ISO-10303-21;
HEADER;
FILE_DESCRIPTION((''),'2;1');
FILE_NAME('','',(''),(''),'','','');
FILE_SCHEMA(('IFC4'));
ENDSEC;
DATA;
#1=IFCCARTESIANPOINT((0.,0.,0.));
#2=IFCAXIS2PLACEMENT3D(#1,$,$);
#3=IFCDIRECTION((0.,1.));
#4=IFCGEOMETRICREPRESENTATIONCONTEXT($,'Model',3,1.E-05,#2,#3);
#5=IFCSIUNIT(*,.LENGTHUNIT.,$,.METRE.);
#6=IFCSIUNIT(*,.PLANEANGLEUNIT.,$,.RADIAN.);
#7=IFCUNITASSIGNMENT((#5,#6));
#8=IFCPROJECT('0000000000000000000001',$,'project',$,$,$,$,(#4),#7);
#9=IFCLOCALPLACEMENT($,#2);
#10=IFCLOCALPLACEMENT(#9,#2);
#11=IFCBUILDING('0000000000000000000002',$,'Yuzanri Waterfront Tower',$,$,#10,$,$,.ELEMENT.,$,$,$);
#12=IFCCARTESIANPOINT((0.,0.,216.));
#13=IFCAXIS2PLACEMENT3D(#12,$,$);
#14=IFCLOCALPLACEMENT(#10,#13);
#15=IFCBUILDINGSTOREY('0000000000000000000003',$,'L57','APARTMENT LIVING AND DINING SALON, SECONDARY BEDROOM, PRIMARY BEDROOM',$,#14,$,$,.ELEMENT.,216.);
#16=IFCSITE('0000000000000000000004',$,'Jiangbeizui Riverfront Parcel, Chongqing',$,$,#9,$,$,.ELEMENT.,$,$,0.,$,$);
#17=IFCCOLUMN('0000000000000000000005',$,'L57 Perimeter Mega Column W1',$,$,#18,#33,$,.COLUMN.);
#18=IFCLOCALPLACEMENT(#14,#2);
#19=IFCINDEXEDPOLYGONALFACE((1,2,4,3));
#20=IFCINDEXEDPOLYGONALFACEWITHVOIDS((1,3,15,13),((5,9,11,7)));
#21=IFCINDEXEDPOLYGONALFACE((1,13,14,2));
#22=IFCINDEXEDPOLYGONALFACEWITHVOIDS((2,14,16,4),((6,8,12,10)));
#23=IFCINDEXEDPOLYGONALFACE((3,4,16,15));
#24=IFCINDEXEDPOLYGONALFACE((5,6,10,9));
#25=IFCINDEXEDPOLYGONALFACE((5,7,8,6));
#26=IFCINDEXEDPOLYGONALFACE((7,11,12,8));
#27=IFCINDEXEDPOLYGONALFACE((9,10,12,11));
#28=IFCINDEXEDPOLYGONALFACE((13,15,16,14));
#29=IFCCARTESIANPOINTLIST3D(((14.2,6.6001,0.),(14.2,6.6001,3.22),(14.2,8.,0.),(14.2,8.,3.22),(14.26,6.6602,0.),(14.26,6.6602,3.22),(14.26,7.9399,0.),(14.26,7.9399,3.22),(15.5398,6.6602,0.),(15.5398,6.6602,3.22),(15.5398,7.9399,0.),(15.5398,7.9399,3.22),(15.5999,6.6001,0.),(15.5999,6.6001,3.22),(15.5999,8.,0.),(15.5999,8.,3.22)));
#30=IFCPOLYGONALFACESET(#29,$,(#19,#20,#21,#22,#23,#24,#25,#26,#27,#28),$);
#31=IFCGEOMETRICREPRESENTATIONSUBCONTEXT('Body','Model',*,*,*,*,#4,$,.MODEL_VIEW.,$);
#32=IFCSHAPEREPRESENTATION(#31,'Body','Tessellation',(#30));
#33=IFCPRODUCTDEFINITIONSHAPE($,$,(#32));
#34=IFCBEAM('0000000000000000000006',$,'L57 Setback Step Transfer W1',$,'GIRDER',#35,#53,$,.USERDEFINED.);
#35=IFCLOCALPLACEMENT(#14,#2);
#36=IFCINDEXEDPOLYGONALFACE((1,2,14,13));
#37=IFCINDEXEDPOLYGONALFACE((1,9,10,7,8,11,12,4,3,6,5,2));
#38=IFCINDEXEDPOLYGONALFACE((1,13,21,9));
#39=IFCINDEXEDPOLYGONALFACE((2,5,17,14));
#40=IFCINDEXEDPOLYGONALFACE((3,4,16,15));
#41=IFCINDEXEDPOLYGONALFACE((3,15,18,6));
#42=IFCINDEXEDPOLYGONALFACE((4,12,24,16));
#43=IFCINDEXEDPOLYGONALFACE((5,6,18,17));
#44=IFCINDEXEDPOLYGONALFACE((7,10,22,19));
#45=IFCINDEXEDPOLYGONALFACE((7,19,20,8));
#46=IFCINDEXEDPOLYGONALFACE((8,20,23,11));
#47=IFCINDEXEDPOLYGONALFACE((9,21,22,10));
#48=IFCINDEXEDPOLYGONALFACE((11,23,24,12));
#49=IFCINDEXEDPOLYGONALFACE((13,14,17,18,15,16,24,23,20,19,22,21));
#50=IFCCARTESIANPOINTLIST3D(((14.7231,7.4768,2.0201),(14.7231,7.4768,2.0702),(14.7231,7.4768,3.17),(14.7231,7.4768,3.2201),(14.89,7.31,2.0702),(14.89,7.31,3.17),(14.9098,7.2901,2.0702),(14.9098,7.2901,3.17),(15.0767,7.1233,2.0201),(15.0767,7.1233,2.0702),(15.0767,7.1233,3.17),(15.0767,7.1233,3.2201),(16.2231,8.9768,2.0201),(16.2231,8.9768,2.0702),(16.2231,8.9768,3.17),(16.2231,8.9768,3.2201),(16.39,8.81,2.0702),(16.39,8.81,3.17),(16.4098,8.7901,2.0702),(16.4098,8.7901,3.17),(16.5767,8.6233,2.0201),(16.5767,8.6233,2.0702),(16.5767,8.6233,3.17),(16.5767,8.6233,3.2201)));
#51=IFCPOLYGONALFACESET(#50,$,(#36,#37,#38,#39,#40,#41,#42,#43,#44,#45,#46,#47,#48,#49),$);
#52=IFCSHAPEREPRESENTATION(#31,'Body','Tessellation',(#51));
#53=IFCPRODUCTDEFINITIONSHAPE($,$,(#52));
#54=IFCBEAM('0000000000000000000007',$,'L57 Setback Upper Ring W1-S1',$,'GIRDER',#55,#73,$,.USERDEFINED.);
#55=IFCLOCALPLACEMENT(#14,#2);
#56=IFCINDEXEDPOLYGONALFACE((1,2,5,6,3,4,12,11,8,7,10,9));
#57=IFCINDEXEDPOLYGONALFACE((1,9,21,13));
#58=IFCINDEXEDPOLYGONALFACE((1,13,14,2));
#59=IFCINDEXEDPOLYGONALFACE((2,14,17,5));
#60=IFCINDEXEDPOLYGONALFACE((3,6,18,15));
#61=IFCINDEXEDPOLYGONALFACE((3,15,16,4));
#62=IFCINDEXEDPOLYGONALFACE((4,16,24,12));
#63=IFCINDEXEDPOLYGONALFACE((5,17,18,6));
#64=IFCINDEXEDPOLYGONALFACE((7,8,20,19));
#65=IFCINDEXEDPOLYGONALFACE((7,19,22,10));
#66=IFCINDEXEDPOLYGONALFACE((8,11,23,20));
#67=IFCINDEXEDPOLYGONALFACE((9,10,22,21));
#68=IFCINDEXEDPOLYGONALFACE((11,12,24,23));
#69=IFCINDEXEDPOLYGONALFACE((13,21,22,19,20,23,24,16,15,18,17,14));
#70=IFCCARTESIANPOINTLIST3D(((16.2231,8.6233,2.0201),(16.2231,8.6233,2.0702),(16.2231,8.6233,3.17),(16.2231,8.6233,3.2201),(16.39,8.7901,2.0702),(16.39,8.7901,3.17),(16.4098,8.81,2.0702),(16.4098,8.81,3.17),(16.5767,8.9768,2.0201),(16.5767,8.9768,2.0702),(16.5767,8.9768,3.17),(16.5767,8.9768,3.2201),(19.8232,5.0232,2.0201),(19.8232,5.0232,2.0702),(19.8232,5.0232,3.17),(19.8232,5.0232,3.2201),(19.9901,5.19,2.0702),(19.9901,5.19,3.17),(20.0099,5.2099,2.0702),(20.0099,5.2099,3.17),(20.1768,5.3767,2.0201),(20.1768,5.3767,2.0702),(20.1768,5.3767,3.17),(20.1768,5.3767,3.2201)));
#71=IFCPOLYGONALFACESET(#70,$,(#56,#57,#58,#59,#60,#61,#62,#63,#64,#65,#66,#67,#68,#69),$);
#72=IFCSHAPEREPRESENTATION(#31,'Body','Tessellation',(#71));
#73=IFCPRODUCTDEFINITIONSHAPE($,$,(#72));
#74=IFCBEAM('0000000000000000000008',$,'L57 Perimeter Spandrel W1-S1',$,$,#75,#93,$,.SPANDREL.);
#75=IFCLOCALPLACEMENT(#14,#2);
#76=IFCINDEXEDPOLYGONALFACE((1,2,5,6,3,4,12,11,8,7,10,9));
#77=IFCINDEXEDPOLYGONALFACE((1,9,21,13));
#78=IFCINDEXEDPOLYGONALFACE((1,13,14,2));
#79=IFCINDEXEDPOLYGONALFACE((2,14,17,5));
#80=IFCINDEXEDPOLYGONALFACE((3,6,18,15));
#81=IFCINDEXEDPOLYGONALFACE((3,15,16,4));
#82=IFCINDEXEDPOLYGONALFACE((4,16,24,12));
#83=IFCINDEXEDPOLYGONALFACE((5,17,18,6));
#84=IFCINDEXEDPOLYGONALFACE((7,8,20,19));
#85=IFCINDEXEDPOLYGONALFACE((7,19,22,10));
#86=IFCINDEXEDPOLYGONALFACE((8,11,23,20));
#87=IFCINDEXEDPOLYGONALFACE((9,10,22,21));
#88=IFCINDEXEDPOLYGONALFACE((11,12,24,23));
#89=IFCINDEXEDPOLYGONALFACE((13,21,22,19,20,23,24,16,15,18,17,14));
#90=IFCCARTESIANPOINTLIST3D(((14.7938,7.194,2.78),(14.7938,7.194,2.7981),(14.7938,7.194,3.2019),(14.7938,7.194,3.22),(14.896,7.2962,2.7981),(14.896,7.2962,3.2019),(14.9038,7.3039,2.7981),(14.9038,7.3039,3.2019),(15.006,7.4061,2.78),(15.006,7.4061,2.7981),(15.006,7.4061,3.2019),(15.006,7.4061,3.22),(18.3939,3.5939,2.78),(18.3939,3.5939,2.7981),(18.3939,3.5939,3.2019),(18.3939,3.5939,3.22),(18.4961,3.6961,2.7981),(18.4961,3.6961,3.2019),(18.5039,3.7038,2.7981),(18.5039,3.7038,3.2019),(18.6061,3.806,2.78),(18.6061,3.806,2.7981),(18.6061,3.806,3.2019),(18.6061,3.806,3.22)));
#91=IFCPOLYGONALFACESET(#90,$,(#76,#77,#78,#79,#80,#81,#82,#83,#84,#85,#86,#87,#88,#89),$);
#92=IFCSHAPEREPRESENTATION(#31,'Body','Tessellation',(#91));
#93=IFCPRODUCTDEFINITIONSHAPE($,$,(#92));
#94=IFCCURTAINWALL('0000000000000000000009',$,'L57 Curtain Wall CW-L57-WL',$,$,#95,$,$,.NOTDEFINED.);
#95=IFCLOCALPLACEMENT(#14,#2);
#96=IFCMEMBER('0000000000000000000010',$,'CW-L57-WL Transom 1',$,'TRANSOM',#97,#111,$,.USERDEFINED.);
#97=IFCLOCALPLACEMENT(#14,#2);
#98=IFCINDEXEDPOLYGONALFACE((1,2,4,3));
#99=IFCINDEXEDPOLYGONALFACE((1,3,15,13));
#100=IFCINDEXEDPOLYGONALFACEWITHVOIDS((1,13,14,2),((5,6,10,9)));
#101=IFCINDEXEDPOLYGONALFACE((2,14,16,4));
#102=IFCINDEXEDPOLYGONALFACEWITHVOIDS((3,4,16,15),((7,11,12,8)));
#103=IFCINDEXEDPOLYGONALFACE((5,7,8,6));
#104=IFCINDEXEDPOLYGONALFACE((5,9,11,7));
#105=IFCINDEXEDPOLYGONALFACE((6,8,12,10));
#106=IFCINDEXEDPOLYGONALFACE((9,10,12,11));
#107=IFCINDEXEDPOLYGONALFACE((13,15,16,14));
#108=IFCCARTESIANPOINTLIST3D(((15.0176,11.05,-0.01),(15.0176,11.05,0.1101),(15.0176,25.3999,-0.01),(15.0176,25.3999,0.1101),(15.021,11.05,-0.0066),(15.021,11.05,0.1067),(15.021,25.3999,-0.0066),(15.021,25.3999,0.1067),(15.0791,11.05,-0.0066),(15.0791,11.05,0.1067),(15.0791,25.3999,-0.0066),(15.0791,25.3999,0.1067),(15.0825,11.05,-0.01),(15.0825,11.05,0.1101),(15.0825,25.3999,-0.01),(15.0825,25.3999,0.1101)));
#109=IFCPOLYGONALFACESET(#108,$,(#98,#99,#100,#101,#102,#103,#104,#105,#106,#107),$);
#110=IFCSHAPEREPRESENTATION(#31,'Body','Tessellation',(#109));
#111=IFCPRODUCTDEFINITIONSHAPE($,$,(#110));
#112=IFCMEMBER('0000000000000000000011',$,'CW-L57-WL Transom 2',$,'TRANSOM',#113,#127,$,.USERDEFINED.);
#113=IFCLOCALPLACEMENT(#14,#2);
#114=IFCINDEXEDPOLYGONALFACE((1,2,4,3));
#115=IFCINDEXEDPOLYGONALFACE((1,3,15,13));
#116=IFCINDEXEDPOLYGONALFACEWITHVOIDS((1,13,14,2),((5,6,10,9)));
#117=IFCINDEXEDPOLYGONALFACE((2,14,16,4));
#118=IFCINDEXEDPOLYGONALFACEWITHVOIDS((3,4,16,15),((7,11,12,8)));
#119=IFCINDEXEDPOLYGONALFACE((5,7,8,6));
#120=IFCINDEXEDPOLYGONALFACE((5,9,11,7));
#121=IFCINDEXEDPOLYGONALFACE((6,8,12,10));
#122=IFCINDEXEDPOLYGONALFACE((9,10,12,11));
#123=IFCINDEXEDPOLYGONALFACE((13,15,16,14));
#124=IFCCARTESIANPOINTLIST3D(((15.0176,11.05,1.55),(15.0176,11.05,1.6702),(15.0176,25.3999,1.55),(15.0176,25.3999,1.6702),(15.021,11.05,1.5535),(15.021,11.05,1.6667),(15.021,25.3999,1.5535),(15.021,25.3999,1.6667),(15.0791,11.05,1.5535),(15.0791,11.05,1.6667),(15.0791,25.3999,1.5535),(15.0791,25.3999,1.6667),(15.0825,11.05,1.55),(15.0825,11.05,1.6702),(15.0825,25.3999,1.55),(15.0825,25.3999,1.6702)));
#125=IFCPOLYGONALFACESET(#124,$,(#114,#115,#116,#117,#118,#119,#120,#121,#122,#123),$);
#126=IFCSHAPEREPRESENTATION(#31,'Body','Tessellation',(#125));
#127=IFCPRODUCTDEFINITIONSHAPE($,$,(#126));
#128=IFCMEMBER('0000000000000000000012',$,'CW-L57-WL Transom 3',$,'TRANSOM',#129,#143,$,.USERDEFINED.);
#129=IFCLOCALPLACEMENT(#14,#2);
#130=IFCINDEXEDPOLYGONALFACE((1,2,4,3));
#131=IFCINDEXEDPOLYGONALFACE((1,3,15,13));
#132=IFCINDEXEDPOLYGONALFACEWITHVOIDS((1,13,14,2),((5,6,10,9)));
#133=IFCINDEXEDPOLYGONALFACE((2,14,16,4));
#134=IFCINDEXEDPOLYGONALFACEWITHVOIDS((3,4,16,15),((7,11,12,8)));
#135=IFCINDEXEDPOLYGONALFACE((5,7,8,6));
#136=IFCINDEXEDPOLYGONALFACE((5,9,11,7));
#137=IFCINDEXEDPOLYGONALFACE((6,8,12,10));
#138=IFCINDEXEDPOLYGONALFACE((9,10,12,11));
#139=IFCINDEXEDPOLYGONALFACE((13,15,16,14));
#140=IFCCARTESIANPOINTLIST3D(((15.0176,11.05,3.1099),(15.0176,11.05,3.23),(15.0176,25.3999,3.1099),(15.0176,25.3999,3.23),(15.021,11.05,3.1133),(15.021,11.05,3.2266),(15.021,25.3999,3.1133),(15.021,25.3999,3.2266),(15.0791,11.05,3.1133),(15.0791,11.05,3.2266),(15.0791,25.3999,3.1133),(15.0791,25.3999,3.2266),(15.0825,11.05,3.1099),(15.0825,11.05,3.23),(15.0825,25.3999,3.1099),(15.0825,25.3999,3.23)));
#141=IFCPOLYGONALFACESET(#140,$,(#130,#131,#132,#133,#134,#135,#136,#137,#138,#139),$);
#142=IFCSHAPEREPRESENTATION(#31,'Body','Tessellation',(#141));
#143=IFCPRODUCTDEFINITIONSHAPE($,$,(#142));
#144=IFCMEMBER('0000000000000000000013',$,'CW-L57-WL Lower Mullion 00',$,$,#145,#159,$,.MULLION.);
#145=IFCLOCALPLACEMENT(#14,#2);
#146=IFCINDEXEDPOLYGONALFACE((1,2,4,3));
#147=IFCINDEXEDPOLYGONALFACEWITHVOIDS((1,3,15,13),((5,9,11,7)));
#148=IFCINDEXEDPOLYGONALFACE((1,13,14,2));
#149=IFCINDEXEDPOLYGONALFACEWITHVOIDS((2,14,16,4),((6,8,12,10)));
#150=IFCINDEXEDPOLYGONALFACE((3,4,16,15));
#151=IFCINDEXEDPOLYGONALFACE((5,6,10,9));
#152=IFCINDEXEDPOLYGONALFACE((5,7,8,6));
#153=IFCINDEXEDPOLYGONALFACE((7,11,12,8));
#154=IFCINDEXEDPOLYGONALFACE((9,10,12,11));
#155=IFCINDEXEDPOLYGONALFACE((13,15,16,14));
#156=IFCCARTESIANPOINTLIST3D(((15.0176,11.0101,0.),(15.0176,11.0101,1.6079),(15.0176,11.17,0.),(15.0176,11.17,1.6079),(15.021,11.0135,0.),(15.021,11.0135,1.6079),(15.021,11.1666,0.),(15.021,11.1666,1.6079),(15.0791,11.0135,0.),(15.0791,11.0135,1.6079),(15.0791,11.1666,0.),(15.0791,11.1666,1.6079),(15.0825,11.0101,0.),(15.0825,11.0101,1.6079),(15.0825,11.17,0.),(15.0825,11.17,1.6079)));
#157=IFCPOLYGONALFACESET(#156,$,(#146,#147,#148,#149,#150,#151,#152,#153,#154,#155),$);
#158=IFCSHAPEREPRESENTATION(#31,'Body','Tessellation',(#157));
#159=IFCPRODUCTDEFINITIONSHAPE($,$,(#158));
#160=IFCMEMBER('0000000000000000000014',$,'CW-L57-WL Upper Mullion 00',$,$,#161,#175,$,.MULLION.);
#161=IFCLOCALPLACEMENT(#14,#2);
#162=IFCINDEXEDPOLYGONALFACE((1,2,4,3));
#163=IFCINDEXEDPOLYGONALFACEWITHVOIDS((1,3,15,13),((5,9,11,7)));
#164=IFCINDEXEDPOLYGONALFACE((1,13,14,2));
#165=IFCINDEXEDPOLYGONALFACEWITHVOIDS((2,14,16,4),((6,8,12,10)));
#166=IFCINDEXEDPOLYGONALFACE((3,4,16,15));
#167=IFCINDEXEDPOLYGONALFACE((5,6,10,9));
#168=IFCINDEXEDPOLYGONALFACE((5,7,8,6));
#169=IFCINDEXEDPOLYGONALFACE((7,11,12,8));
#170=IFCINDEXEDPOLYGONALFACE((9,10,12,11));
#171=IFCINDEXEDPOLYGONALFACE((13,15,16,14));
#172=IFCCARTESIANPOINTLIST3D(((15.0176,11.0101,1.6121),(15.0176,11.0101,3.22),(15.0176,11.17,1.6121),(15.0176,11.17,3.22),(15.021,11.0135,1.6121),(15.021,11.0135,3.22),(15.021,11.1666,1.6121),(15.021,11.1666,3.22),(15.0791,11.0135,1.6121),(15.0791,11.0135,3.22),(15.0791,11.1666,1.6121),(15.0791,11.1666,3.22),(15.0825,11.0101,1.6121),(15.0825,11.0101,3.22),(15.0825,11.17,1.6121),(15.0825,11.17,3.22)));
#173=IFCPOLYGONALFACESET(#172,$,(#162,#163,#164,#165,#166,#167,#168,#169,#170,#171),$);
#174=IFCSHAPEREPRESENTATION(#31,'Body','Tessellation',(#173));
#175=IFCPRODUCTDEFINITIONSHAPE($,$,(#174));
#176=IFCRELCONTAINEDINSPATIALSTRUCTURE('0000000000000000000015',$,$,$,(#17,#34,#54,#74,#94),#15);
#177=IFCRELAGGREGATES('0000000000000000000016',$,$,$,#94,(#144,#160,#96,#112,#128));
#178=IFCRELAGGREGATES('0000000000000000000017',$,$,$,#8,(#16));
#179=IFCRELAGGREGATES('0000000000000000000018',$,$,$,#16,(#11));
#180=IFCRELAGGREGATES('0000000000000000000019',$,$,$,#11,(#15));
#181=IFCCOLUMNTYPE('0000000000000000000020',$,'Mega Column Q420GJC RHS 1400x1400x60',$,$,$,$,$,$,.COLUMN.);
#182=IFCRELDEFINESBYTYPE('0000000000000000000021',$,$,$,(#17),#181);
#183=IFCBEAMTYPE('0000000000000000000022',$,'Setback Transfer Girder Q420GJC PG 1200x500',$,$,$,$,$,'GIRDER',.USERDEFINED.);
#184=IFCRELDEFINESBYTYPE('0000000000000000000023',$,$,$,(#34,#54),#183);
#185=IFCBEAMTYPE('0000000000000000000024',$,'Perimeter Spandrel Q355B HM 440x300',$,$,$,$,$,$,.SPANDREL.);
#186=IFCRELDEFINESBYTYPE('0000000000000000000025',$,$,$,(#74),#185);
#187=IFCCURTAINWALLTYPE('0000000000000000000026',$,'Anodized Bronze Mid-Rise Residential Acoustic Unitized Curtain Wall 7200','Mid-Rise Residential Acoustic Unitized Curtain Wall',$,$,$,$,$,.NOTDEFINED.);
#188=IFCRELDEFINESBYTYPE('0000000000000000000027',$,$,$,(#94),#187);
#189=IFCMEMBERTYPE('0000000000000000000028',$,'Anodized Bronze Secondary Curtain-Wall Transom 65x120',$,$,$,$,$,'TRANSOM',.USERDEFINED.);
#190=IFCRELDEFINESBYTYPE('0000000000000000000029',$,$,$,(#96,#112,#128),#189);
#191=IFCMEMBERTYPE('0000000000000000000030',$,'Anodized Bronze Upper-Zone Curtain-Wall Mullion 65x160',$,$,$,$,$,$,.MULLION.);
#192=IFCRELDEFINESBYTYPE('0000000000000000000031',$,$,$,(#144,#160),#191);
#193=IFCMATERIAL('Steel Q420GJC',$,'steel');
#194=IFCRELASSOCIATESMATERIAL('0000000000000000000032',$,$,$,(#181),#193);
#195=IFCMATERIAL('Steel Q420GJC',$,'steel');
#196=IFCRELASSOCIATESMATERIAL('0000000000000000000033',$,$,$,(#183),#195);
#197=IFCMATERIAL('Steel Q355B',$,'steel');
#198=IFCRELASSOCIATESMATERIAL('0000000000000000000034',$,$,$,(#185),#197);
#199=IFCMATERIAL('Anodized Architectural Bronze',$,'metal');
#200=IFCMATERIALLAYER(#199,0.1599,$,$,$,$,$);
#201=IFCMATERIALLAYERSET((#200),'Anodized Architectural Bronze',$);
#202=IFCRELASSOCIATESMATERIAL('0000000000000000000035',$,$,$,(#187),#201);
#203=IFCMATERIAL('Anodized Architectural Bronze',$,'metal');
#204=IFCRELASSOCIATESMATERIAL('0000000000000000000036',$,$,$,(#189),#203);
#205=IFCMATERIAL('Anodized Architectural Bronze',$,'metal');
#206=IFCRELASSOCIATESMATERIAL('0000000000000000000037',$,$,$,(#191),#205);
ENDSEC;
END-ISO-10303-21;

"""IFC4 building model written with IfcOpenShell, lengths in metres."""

from ifc_helpers import new_model, si_unit, direction, frame, origin, origin_2d, place, context, subcontext, project, spatial, hollow_rectangle, i_section, extrude, source, transform, mapped, material, layer, layer_set, material_profile, profile_set, type_object, element, aggregate, save


model = new_model("IFC4")

# Units and contexts
model_context = context("Model", 3, precision=1e-05, world=origin(), true_north=direction((0.0, 1.0)))
body_context = subcontext(model_context, "Body", "Model", "MODEL_VIEW")
ifc_project = project(units=[si_unit("LENGTHUNIT", "METRE"), si_unit("PLANEANGLEUNIT", "RADIAN")], contexts=[model_context])

# Site, building, storey
site_placement = place(None, origin())
site = spatial("IfcSite", under=ifc_project, at=site_placement, Name="Jiangbeizui Riverfront Parcel, Chongqing", CompositionType="ELEMENT", RefElevation=0.0)
building_placement = place(site_placement, origin())
building = spatial("IfcBuilding", under=site, at=building_placement, Name="Yuzanri Waterfront Tower", CompositionType="ELEMENT")
storey_placement = place(building_placement, frame((0.0, 0.0, 216.0)))
storey = spatial("IfcBuildingStorey", under=building, at=storey_placement, Name="L57", Description="APARTMENT LIVING AND DINING SALON, SECONDARY BEDROOM, PRIMARY BEDROOM", CompositionType="ELEMENT", Elevation=216.0)

# Column
ifc_material_1 = material(Name="Steel Q420GJC", Category="steel")
ifc_material_profile_1 = material_profile(ifc_material_1, hollow_rectangle(XDim=1.3999, YDim=1.3999, WallThickness=0.0601, at=origin_2d()), Name="RHS 1400x1400x60")
ifc_profile_set_1 = profile_set([ifc_material_profile_1], Name="Steel Q420GJC")
column_type = type_object("IfcColumnType", Name="Mega Column Q420GJC RHS 1400x1400x60", PredefinedType="COLUMN", material=ifc_profile_set_1)
shared_shape_1 = source(origin(), body_context, "Body", "SweptSolid", [
    extrude(hollow_rectangle(XDim=1.3999, YDim=1.3999, WallThickness=0.0601, at=origin_2d()), origin(), (0.0, 0.0, 1.0), 3.22),
])
column_placement = place(storey_placement, frame((14.8999, 7.3, 0.0), z_axis=(0.0, 0.0, 1.0), x_axis=(1.0, 0.0, 0.0)))
element("IfcColumn", 1, at=column_placement, inside=storey, type_object=column_type, Name="L57 Perimeter Mega Column W1", PredefinedType="COLUMN", context=body_context, shape_type="MappedRepresentation", body=[
    mapped(shared_shape_1, transform((0.0, 0.0, 0.0), scale=1.0)),
])

# Beams
ifc_material_2 = material(Name="Steel Q420GJC", Category="steel")
ifc_material_profile_2 = material_profile(ifc_material_2, i_section(OverallWidth=0.5, OverallDepth=1.2, WebThickness=0.0281, FlangeThickness=0.05, at=origin_2d()), Name="PG 1200x500x28x50")
ifc_profile_set_2 = profile_set([ifc_material_profile_2], Name="Steel Q420GJC")
beam_type_1 = type_object("IfcBeamType", Name="Setback Transfer Girder Q420GJC PG 1200x500", ElementType="GIRDER", PredefinedType="USERDEFINED", material=ifc_profile_set_2)
shared_shape_2 = source(origin(), body_context, "Body", "SweptSolid", [
    extrude(i_section(OverallWidth=0.5, OverallDepth=1.2, WebThickness=0.0281, FlangeThickness=0.05, at=origin_2d()), origin(), (0.0, 0.0, 1.0), 2.1213),
])
beam_1_placement = place(storey_placement, frame((16.3999, 8.8, 2.6201), z_axis=(-0.707107, -0.707107, 0.0), x_axis=(0.707107, -0.707107, 0.0)))
element("IfcBeam", 2, at=beam_1_placement, inside=storey, type_object=beam_type_1, Name="L57 Setback Step Transfer W1", ObjectType="GIRDER", PredefinedType="USERDEFINED", context=body_context, shape_type="MappedRepresentation", body=[
    mapped(shared_shape_2, transform((0.0, 0.0, 0.0), scale=1.0)),
])
shared_shape_3 = source(origin(), body_context, "Body", "SweptSolid", [
    extrude(i_section(OverallWidth=0.5, OverallDepth=1.2, WebThickness=0.0281, FlangeThickness=0.05, at=origin_2d()), origin(), (0.0, 0.0, 1.0), 5.0913),
])
beam_2_placement = place(storey_placement, frame((16.3999, 8.8, 2.6201), z_axis=(0.707107, -0.707107, 0.0), x_axis=(0.707107, 0.707107, 0.0)))
element("IfcBeam", 3, at=beam_2_placement, inside=storey, type_object=beam_type_1, Name="L57 Setback Upper Ring W1-S1", ObjectType="GIRDER", PredefinedType="USERDEFINED", context=body_context, shape_type="MappedRepresentation", body=[
    mapped(shared_shape_3, transform((0.0, 0.0, 0.0), scale=1.0)),
])
ifc_material_3 = material(Name="Steel Q355B", Category="steel")
ifc_material_profile_3 = material_profile(ifc_material_3, i_section(OverallWidth=0.3, OverallDepth=0.4399, WebThickness=0.011, FlangeThickness=0.0181, at=origin_2d()), Name="HM 440x300x11x18")
ifc_profile_set_3 = profile_set([ifc_material_profile_3], Name="Steel Q355B")
beam_type_2 = type_object("IfcBeamType", Name="Perimeter Spandrel Q355B HM 440x300", PredefinedType="SPANDREL", material=ifc_profile_set_3)
shared_shape_4 = source(origin(), body_context, "Body", "SweptSolid", [
    extrude(i_section(OverallWidth=0.3, OverallDepth=0.4399, WebThickness=0.011, FlangeThickness=0.0181, at=origin_2d()), origin(), (0.0, 0.0, 1.0), 5.0913),
])
beam_3_placement = place(storey_placement, frame((14.8999, 7.3, 3.0), z_axis=(0.707107, -0.707107, 0.0), x_axis=(0.707107, 0.707107, 0.0)))
element("IfcBeam", 4, at=beam_3_placement, inside=storey, type_object=beam_type_2, Name="L57 Perimeter Spandrel W1-S1", PredefinedType="SPANDREL", context=body_context, shape_type="MappedRepresentation", body=[
    mapped(shared_shape_4, transform((0.0, 0.0, 0.0), scale=1.0)),
])

# Curtain wall, members
ifc_material_4 = material(Name="Anodized Architectural Bronze", Category="metal")
ifc_layer_1 = layer(ifc_material_4, 0.1599)
ifc_layer_set_1 = layer_set([ifc_layer_1], Name="Anodized Architectural Bronze")
curtain_wall_type = type_object("IfcCurtainWallType", Name="Anodized Bronze Mid-Rise Residential Acoustic Unitized Curtain Wall 7200", Description="Mid-Rise Residential Acoustic Unitized Curtain Wall", PredefinedType="NOTDEFINED", material=ifc_layer_set_1)
curtain_wall_placement = place(storey_placement, origin())
curtain_wall = element("IfcCurtainWall", 5, at=curtain_wall_placement, inside=storey, type_object=curtain_wall_type, Name="L57 Curtain Wall CW-L57-WL", PredefinedType="NOTDEFINED")
ifc_material_5 = material(Name="Anodized Architectural Bronze", Category="metal")
ifc_material_profile_4 = material_profile(ifc_material_5, hollow_rectangle(XDim=0.0649, YDim=0.1201, WallThickness=0.0034, at=origin_2d()), Name="CWT 65x120")
ifc_profile_set_4 = profile_set([ifc_material_profile_4], Name="Anodized Architectural Bronze")
member_type_1 = type_object("IfcMemberType", Name="Anodized Bronze Secondary Curtain-Wall Transom 65x120", ElementType="TRANSOM", PredefinedType="USERDEFINED", material=ifc_profile_set_4)
shared_shape_5 = source(origin(), body_context, "Body", "SweptSolid", [
    extrude(hollow_rectangle(XDim=0.0649, YDim=0.1201, WallThickness=0.0034, at=origin_2d()), origin(), (0.0, 0.0, 1.0), 14.3499),
])
member_1_placement = place(storey_placement, frame((15.05, 11.05, 0.05), z_axis=(0.0, 1.0, 0.0), x_axis=(-1.0, 0.0, 0.0)))
member_1 = element("IfcMember", 6, at=member_1_placement, type_object=member_type_1, Name="CW-L57-WL Transom 1", ObjectType="TRANSOM", PredefinedType="USERDEFINED", context=body_context, shape_type="MappedRepresentation", body=[
    mapped(shared_shape_5, transform((0.0, 0.0, 0.0), scale=1.0)),
])
member_2_placement = place(storey_placement, frame((15.05, 11.05, 1.6101), z_axis=(0.0, 1.0, 0.0), x_axis=(-1.0, 0.0, 0.0)))
member_2 = element("IfcMember", 7, at=member_2_placement, type_object=member_type_1, Name="CW-L57-WL Transom 2", ObjectType="TRANSOM", PredefinedType="USERDEFINED", context=body_context, shape_type="MappedRepresentation", body=[
    mapped(shared_shape_5, transform((0.0, 0.0, 0.0), scale=1.0)),
])
member_3_placement = place(storey_placement, frame((15.05, 11.05, 3.1699), z_axis=(0.0, 1.0, 0.0), x_axis=(-1.0, 0.0, 0.0)))
member_3 = element("IfcMember", 8, at=member_3_placement, type_object=member_type_1, Name="CW-L57-WL Transom 3", ObjectType="TRANSOM", PredefinedType="USERDEFINED", context=body_context, shape_type="MappedRepresentation", body=[
    mapped(shared_shape_5, transform((0.0, 0.0, 0.0), scale=1.0)),
])
ifc_material_6 = material(Name="Anodized Architectural Bronze", Category="metal")
ifc_material_profile_5 = material_profile(ifc_material_6, hollow_rectangle(XDim=0.0649, YDim=0.1599, WallThickness=0.0034, at=origin_2d()), Name="CWM 65x160")
ifc_profile_set_5 = profile_set([ifc_material_profile_5], Name="Anodized Architectural Bronze")
member_type_2 = type_object("IfcMemberType", Name="Anodized Bronze Upper-Zone Curtain-Wall Mullion 65x160", PredefinedType="MULLION", material=ifc_profile_set_5)
shared_shape_6 = source(origin(), body_context, "Body", "SweptSolid", [
    extrude(hollow_rectangle(XDim=0.0649, YDim=0.1599, WallThickness=0.0034, at=origin_2d()), origin(), (0.0, 0.0, 1.0), 1.6079),
])
member_4_placement = place(storey_placement, frame((15.05, 11.0901, 0.0), z_axis=(0.0, 0.0, 1.0), x_axis=(1.0, 0.0, 0.0)))
member_4 = element("IfcMember", 9, at=member_4_placement, type_object=member_type_2, Name="CW-L57-WL Lower Mullion 00", PredefinedType="MULLION", context=body_context, shape_type="MappedRepresentation", body=[
    mapped(shared_shape_6, transform((0.0, 0.0, 0.0), scale=1.0)),
])
member_5_placement = place(storey_placement, frame((15.05, 11.0901, 1.6121), z_axis=(0.0, 0.0, 1.0), x_axis=(1.0, 0.0, 0.0)))
member_5 = element("IfcMember", 10, at=member_5_placement, type_object=member_type_2, Name="CW-L57-WL Upper Mullion 00", PredefinedType="MULLION", context=body_context, shape_type="MappedRepresentation", body=[
    mapped(shared_shape_6, transform((0.0, 0.0, 0.0), scale=1.0)),
])

aggregate(curtain_wall, [member_4, member_5, member_1, member_2, member_3])

save(model, "model.ifc")
